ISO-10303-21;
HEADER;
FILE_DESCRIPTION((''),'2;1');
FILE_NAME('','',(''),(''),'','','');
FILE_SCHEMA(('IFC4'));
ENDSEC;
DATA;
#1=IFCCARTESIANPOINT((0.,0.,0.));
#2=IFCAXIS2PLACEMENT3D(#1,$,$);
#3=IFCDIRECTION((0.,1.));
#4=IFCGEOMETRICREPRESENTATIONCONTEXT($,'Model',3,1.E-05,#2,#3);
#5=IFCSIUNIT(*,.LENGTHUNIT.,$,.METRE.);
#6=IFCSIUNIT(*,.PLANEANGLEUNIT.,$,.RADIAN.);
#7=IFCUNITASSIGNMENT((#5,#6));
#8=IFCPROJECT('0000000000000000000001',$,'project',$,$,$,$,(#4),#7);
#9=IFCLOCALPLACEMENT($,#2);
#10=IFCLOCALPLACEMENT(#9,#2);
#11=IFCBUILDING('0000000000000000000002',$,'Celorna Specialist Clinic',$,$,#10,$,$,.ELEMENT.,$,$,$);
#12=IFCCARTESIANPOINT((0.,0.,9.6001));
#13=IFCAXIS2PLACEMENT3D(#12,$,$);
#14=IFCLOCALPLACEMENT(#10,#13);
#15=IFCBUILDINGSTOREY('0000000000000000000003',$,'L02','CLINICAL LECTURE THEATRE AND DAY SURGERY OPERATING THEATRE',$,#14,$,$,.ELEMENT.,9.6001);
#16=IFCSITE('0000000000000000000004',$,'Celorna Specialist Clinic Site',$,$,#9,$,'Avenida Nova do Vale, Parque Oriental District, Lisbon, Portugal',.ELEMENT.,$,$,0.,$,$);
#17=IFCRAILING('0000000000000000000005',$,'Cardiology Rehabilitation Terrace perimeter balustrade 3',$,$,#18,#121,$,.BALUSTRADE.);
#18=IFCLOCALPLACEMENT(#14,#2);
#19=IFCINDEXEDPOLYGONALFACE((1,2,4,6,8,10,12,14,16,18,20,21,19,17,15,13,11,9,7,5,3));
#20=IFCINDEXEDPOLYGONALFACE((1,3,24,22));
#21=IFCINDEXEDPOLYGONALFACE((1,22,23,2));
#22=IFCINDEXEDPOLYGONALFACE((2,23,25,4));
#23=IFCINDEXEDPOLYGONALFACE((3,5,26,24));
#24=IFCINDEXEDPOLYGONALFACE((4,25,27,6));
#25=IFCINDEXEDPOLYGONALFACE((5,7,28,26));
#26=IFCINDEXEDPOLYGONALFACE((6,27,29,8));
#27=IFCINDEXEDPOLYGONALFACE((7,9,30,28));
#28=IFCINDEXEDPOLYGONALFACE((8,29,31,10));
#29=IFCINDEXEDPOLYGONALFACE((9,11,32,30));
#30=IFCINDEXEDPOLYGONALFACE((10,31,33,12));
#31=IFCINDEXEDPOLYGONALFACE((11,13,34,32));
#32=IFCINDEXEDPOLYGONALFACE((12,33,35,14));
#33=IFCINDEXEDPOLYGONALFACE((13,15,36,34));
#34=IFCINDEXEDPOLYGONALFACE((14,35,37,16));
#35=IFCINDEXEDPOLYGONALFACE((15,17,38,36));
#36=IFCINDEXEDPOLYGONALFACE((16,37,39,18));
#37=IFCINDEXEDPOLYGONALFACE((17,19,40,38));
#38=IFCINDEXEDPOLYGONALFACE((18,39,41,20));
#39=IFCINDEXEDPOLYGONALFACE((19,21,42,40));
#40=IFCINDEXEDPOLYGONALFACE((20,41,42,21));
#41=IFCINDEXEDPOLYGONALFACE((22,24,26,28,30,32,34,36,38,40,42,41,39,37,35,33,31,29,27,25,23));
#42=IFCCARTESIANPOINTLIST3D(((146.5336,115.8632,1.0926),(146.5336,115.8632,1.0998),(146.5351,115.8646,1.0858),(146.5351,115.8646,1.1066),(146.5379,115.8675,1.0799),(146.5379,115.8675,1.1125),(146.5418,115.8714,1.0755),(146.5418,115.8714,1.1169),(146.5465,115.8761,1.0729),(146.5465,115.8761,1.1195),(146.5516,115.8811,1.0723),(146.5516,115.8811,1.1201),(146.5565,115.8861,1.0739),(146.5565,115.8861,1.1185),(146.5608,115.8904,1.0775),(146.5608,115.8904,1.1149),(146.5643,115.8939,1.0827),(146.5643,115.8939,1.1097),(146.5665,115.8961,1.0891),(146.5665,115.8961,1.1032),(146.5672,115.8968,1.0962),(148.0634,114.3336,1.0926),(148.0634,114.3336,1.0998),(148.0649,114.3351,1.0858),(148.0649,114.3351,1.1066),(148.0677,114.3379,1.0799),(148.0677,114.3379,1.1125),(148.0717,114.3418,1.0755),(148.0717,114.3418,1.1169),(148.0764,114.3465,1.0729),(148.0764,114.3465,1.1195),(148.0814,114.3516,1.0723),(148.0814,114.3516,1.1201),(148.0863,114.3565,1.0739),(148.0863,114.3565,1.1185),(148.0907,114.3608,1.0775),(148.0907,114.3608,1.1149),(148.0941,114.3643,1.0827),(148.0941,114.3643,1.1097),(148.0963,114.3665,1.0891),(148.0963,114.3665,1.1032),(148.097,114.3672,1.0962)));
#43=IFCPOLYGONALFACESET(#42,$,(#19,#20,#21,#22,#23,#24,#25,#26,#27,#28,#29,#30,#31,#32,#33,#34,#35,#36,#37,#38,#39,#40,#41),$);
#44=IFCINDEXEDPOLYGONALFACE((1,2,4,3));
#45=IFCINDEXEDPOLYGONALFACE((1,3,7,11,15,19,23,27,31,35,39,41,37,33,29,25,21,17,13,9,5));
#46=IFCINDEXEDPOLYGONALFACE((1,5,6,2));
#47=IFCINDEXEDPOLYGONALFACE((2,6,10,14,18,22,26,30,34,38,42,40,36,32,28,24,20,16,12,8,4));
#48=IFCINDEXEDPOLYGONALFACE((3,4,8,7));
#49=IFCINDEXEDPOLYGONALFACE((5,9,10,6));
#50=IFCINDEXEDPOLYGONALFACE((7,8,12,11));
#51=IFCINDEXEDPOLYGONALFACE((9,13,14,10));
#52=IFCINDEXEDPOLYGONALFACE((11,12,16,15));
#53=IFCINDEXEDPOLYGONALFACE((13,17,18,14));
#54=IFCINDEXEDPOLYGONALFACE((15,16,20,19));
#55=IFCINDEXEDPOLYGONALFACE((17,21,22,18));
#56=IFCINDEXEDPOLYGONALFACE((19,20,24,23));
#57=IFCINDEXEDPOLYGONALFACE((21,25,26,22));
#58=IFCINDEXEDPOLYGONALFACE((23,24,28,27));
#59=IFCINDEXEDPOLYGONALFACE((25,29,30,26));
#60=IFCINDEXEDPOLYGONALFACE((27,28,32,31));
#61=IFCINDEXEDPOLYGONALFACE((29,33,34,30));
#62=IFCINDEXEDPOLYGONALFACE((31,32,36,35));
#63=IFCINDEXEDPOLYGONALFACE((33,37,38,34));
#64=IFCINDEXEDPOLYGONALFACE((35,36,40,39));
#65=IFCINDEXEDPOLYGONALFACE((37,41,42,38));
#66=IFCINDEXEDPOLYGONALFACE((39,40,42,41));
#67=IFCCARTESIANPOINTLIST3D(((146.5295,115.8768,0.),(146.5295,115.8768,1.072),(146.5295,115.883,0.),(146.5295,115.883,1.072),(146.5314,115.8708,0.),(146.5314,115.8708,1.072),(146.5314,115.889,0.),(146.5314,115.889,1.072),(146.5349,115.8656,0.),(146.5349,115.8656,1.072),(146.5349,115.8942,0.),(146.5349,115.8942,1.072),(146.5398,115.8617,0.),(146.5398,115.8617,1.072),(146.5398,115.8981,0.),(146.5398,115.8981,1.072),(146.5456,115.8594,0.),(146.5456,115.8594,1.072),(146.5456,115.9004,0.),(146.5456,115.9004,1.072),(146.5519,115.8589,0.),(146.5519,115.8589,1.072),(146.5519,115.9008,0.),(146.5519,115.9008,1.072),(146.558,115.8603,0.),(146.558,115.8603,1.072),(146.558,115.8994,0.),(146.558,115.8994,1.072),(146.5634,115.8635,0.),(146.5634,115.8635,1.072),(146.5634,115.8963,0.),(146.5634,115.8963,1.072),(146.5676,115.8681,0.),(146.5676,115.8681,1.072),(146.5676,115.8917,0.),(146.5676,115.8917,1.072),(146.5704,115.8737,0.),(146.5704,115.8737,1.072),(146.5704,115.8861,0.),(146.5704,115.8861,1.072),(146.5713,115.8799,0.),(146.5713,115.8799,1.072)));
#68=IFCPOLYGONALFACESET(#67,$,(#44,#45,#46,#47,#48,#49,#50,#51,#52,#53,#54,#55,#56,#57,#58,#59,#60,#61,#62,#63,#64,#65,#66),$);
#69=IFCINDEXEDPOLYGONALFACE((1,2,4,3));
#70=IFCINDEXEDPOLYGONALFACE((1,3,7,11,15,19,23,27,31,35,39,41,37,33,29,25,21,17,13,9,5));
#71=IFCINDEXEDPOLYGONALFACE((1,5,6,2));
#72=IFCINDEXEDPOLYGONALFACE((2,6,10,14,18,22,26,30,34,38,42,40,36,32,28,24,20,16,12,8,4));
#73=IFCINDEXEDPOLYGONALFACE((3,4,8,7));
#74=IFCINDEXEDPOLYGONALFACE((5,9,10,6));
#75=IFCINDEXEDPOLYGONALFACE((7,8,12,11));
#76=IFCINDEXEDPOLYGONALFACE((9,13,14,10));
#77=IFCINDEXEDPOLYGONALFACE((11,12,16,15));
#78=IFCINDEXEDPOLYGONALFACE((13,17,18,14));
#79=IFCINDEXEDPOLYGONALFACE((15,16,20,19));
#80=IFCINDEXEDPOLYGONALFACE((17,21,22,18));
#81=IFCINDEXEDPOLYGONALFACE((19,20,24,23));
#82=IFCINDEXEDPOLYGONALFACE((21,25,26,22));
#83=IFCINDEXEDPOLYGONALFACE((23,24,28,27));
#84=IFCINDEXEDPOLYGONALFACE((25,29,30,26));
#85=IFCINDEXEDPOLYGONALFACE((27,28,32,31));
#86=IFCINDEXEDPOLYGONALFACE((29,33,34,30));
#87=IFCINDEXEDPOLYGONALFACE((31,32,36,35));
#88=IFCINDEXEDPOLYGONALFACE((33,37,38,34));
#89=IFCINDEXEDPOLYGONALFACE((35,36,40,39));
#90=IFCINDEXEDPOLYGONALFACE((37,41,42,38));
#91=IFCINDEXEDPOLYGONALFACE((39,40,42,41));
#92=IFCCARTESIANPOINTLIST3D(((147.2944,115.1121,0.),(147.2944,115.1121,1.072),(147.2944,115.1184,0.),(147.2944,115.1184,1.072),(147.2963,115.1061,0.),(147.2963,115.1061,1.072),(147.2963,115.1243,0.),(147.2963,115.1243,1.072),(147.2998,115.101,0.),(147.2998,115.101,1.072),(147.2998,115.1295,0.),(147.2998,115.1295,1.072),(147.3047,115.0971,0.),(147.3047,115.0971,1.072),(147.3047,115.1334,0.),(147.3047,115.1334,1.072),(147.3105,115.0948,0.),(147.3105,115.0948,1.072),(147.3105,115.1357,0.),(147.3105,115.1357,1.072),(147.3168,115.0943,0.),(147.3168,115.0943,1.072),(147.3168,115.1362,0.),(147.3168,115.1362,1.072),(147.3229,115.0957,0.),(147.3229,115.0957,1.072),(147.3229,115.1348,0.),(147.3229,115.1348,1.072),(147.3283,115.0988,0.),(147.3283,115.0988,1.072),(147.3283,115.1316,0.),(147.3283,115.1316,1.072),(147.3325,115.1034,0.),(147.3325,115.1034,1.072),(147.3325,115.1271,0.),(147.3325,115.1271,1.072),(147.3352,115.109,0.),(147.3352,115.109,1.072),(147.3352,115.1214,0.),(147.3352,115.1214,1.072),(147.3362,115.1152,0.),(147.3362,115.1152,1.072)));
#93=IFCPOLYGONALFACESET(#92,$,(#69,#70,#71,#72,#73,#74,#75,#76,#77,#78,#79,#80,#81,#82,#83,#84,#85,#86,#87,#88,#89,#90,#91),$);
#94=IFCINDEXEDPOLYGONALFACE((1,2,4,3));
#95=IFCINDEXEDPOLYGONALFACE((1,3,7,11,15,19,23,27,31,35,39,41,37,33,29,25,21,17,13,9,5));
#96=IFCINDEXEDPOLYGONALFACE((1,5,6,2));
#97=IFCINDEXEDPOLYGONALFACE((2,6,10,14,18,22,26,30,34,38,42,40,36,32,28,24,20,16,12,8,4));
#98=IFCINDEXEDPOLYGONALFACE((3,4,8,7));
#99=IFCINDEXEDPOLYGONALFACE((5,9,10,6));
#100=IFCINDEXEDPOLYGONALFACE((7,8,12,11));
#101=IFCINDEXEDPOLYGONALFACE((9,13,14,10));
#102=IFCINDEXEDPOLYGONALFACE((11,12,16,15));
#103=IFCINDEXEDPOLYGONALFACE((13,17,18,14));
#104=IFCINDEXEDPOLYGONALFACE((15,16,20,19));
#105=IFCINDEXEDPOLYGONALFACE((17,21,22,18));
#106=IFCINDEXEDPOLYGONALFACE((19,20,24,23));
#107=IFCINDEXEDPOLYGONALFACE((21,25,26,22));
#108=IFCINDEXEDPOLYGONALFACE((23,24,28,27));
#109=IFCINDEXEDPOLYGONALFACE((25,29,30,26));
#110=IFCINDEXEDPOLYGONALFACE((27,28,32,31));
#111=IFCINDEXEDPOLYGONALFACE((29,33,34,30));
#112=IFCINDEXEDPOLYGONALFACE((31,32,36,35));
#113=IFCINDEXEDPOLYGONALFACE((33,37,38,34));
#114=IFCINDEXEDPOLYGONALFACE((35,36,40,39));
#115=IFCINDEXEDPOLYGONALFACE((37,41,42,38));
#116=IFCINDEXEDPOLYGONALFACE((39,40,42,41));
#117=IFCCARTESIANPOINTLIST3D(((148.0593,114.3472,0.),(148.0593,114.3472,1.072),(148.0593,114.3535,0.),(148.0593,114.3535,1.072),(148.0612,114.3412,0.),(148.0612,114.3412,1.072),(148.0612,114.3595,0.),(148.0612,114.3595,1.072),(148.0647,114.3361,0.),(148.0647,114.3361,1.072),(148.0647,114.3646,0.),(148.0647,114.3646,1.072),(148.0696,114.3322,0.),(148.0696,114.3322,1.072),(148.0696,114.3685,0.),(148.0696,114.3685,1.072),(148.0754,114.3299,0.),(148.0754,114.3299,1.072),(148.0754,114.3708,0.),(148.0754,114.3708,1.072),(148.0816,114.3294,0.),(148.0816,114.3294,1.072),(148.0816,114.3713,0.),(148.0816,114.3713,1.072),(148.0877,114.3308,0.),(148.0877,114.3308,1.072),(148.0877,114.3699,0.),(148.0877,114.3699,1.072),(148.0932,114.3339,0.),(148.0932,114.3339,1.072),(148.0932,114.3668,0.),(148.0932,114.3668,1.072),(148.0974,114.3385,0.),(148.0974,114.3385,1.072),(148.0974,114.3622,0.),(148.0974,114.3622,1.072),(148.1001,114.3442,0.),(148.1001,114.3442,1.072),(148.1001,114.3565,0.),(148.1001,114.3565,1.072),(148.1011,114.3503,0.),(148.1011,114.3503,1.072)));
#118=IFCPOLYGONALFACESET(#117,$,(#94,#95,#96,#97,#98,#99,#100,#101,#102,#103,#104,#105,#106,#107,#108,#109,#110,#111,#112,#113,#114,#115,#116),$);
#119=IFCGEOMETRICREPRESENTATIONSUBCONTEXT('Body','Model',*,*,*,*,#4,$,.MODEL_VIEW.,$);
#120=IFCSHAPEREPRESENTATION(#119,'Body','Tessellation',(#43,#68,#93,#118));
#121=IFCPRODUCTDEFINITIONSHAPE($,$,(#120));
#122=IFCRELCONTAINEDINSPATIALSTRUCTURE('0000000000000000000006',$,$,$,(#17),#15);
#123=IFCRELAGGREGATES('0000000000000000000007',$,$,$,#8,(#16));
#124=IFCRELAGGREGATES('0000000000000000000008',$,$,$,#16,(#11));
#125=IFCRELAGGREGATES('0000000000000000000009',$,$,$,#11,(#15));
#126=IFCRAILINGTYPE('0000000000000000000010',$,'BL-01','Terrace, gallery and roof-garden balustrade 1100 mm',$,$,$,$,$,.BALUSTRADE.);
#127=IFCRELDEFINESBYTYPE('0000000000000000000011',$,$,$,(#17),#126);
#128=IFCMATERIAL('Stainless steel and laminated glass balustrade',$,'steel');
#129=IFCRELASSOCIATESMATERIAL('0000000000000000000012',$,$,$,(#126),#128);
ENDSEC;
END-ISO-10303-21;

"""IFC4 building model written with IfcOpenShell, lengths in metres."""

from ifc_helpers import new_model, si_unit, direction, frame, origin, origin_2d, place, context, subcontext, project, spatial, circle, extrude, material, type_object, element, save


model = new_model("IFC4")

# Units and contexts
model_context = context("Model", 3, precision=1e-05, world=origin(), true_north=direction((0.0, 1.0)))
body_context = subcontext(model_context, "Body", "Model", "MODEL_VIEW")
ifc_project = project(units=[si_unit("LENGTHUNIT", "METRE"), si_unit("PLANEANGLEUNIT", "RADIAN")], contexts=[model_context])

# Site, building, storey
site_placement = place(None, origin())
site = spatial("IfcSite", under=ifc_project, at=site_placement, Name="Celorna Specialist Clinic Site", LongName="Avenida Nova do Vale, Parque Oriental District, Lisbon, Portugal", CompositionType="ELEMENT", RefElevation=0.0)
building_placement = place(site_placement, origin())
building = spatial("IfcBuilding", under=site, at=building_placement, Name="Celorna Specialist Clinic", CompositionType="ELEMENT")
storey_placement = place(building_placement, frame((0.0, 0.0, 9.6001)))
storey = spatial("IfcBuildingStorey", under=building, at=storey_placement, Name="L02", Description="CLINICAL LECTURE THEATRE AND DAY SURGERY OPERATING THEATRE", CompositionType="ELEMENT", Elevation=9.6001)

# Railing
ifc_material_1 = material(Name="Stainless steel and laminated glass balustrade", Category="steel")
railing_type = type_object("IfcRailingType", Name="BL-01", Description="Terrace, gallery and roof-garden balustrade 1100 mm", PredefinedType="BALUSTRADE", material=ifc_material_1)
railing_1_placement = place(storey_placement, frame((146.5503, 115.8799, 0.0)))
element("IfcRailing", 1, at=railing_1_placement, inside=storey, type_object=railing_type, Name="Cardiology Rehabilitation Terrace perimeter balustrade 3", PredefinedType="BALUSTRADE", context=body_context, shape_type="SweptSolid", body=[
    extrude(circle(Radius=0.0239, at=origin_2d()), frame((0.0, 0.0, 1.0962), z_axis=(0.707163, -0.70705, 0.0), x_axis=(0.70705, 0.707163, 0.0)), (0.0, 0.0, 1.0), 2.1633),
    extrude(circle(Radius=0.021, at=origin_2d()), origin(), (0.0, 0.0, 1.0), 1.072),
    extrude(circle(Radius=0.021, at=origin_2d()), frame((0.7649, -0.7646, 0.0)), (0.0, 0.0, 1.0), 1.072),
    extrude(circle(Radius=0.021, at=origin_2d()), frame((1.5298, -1.5295, 0.0)), (0.0, 0.0, 1.0), 1.072),
])

save(model, "model.ifc")
